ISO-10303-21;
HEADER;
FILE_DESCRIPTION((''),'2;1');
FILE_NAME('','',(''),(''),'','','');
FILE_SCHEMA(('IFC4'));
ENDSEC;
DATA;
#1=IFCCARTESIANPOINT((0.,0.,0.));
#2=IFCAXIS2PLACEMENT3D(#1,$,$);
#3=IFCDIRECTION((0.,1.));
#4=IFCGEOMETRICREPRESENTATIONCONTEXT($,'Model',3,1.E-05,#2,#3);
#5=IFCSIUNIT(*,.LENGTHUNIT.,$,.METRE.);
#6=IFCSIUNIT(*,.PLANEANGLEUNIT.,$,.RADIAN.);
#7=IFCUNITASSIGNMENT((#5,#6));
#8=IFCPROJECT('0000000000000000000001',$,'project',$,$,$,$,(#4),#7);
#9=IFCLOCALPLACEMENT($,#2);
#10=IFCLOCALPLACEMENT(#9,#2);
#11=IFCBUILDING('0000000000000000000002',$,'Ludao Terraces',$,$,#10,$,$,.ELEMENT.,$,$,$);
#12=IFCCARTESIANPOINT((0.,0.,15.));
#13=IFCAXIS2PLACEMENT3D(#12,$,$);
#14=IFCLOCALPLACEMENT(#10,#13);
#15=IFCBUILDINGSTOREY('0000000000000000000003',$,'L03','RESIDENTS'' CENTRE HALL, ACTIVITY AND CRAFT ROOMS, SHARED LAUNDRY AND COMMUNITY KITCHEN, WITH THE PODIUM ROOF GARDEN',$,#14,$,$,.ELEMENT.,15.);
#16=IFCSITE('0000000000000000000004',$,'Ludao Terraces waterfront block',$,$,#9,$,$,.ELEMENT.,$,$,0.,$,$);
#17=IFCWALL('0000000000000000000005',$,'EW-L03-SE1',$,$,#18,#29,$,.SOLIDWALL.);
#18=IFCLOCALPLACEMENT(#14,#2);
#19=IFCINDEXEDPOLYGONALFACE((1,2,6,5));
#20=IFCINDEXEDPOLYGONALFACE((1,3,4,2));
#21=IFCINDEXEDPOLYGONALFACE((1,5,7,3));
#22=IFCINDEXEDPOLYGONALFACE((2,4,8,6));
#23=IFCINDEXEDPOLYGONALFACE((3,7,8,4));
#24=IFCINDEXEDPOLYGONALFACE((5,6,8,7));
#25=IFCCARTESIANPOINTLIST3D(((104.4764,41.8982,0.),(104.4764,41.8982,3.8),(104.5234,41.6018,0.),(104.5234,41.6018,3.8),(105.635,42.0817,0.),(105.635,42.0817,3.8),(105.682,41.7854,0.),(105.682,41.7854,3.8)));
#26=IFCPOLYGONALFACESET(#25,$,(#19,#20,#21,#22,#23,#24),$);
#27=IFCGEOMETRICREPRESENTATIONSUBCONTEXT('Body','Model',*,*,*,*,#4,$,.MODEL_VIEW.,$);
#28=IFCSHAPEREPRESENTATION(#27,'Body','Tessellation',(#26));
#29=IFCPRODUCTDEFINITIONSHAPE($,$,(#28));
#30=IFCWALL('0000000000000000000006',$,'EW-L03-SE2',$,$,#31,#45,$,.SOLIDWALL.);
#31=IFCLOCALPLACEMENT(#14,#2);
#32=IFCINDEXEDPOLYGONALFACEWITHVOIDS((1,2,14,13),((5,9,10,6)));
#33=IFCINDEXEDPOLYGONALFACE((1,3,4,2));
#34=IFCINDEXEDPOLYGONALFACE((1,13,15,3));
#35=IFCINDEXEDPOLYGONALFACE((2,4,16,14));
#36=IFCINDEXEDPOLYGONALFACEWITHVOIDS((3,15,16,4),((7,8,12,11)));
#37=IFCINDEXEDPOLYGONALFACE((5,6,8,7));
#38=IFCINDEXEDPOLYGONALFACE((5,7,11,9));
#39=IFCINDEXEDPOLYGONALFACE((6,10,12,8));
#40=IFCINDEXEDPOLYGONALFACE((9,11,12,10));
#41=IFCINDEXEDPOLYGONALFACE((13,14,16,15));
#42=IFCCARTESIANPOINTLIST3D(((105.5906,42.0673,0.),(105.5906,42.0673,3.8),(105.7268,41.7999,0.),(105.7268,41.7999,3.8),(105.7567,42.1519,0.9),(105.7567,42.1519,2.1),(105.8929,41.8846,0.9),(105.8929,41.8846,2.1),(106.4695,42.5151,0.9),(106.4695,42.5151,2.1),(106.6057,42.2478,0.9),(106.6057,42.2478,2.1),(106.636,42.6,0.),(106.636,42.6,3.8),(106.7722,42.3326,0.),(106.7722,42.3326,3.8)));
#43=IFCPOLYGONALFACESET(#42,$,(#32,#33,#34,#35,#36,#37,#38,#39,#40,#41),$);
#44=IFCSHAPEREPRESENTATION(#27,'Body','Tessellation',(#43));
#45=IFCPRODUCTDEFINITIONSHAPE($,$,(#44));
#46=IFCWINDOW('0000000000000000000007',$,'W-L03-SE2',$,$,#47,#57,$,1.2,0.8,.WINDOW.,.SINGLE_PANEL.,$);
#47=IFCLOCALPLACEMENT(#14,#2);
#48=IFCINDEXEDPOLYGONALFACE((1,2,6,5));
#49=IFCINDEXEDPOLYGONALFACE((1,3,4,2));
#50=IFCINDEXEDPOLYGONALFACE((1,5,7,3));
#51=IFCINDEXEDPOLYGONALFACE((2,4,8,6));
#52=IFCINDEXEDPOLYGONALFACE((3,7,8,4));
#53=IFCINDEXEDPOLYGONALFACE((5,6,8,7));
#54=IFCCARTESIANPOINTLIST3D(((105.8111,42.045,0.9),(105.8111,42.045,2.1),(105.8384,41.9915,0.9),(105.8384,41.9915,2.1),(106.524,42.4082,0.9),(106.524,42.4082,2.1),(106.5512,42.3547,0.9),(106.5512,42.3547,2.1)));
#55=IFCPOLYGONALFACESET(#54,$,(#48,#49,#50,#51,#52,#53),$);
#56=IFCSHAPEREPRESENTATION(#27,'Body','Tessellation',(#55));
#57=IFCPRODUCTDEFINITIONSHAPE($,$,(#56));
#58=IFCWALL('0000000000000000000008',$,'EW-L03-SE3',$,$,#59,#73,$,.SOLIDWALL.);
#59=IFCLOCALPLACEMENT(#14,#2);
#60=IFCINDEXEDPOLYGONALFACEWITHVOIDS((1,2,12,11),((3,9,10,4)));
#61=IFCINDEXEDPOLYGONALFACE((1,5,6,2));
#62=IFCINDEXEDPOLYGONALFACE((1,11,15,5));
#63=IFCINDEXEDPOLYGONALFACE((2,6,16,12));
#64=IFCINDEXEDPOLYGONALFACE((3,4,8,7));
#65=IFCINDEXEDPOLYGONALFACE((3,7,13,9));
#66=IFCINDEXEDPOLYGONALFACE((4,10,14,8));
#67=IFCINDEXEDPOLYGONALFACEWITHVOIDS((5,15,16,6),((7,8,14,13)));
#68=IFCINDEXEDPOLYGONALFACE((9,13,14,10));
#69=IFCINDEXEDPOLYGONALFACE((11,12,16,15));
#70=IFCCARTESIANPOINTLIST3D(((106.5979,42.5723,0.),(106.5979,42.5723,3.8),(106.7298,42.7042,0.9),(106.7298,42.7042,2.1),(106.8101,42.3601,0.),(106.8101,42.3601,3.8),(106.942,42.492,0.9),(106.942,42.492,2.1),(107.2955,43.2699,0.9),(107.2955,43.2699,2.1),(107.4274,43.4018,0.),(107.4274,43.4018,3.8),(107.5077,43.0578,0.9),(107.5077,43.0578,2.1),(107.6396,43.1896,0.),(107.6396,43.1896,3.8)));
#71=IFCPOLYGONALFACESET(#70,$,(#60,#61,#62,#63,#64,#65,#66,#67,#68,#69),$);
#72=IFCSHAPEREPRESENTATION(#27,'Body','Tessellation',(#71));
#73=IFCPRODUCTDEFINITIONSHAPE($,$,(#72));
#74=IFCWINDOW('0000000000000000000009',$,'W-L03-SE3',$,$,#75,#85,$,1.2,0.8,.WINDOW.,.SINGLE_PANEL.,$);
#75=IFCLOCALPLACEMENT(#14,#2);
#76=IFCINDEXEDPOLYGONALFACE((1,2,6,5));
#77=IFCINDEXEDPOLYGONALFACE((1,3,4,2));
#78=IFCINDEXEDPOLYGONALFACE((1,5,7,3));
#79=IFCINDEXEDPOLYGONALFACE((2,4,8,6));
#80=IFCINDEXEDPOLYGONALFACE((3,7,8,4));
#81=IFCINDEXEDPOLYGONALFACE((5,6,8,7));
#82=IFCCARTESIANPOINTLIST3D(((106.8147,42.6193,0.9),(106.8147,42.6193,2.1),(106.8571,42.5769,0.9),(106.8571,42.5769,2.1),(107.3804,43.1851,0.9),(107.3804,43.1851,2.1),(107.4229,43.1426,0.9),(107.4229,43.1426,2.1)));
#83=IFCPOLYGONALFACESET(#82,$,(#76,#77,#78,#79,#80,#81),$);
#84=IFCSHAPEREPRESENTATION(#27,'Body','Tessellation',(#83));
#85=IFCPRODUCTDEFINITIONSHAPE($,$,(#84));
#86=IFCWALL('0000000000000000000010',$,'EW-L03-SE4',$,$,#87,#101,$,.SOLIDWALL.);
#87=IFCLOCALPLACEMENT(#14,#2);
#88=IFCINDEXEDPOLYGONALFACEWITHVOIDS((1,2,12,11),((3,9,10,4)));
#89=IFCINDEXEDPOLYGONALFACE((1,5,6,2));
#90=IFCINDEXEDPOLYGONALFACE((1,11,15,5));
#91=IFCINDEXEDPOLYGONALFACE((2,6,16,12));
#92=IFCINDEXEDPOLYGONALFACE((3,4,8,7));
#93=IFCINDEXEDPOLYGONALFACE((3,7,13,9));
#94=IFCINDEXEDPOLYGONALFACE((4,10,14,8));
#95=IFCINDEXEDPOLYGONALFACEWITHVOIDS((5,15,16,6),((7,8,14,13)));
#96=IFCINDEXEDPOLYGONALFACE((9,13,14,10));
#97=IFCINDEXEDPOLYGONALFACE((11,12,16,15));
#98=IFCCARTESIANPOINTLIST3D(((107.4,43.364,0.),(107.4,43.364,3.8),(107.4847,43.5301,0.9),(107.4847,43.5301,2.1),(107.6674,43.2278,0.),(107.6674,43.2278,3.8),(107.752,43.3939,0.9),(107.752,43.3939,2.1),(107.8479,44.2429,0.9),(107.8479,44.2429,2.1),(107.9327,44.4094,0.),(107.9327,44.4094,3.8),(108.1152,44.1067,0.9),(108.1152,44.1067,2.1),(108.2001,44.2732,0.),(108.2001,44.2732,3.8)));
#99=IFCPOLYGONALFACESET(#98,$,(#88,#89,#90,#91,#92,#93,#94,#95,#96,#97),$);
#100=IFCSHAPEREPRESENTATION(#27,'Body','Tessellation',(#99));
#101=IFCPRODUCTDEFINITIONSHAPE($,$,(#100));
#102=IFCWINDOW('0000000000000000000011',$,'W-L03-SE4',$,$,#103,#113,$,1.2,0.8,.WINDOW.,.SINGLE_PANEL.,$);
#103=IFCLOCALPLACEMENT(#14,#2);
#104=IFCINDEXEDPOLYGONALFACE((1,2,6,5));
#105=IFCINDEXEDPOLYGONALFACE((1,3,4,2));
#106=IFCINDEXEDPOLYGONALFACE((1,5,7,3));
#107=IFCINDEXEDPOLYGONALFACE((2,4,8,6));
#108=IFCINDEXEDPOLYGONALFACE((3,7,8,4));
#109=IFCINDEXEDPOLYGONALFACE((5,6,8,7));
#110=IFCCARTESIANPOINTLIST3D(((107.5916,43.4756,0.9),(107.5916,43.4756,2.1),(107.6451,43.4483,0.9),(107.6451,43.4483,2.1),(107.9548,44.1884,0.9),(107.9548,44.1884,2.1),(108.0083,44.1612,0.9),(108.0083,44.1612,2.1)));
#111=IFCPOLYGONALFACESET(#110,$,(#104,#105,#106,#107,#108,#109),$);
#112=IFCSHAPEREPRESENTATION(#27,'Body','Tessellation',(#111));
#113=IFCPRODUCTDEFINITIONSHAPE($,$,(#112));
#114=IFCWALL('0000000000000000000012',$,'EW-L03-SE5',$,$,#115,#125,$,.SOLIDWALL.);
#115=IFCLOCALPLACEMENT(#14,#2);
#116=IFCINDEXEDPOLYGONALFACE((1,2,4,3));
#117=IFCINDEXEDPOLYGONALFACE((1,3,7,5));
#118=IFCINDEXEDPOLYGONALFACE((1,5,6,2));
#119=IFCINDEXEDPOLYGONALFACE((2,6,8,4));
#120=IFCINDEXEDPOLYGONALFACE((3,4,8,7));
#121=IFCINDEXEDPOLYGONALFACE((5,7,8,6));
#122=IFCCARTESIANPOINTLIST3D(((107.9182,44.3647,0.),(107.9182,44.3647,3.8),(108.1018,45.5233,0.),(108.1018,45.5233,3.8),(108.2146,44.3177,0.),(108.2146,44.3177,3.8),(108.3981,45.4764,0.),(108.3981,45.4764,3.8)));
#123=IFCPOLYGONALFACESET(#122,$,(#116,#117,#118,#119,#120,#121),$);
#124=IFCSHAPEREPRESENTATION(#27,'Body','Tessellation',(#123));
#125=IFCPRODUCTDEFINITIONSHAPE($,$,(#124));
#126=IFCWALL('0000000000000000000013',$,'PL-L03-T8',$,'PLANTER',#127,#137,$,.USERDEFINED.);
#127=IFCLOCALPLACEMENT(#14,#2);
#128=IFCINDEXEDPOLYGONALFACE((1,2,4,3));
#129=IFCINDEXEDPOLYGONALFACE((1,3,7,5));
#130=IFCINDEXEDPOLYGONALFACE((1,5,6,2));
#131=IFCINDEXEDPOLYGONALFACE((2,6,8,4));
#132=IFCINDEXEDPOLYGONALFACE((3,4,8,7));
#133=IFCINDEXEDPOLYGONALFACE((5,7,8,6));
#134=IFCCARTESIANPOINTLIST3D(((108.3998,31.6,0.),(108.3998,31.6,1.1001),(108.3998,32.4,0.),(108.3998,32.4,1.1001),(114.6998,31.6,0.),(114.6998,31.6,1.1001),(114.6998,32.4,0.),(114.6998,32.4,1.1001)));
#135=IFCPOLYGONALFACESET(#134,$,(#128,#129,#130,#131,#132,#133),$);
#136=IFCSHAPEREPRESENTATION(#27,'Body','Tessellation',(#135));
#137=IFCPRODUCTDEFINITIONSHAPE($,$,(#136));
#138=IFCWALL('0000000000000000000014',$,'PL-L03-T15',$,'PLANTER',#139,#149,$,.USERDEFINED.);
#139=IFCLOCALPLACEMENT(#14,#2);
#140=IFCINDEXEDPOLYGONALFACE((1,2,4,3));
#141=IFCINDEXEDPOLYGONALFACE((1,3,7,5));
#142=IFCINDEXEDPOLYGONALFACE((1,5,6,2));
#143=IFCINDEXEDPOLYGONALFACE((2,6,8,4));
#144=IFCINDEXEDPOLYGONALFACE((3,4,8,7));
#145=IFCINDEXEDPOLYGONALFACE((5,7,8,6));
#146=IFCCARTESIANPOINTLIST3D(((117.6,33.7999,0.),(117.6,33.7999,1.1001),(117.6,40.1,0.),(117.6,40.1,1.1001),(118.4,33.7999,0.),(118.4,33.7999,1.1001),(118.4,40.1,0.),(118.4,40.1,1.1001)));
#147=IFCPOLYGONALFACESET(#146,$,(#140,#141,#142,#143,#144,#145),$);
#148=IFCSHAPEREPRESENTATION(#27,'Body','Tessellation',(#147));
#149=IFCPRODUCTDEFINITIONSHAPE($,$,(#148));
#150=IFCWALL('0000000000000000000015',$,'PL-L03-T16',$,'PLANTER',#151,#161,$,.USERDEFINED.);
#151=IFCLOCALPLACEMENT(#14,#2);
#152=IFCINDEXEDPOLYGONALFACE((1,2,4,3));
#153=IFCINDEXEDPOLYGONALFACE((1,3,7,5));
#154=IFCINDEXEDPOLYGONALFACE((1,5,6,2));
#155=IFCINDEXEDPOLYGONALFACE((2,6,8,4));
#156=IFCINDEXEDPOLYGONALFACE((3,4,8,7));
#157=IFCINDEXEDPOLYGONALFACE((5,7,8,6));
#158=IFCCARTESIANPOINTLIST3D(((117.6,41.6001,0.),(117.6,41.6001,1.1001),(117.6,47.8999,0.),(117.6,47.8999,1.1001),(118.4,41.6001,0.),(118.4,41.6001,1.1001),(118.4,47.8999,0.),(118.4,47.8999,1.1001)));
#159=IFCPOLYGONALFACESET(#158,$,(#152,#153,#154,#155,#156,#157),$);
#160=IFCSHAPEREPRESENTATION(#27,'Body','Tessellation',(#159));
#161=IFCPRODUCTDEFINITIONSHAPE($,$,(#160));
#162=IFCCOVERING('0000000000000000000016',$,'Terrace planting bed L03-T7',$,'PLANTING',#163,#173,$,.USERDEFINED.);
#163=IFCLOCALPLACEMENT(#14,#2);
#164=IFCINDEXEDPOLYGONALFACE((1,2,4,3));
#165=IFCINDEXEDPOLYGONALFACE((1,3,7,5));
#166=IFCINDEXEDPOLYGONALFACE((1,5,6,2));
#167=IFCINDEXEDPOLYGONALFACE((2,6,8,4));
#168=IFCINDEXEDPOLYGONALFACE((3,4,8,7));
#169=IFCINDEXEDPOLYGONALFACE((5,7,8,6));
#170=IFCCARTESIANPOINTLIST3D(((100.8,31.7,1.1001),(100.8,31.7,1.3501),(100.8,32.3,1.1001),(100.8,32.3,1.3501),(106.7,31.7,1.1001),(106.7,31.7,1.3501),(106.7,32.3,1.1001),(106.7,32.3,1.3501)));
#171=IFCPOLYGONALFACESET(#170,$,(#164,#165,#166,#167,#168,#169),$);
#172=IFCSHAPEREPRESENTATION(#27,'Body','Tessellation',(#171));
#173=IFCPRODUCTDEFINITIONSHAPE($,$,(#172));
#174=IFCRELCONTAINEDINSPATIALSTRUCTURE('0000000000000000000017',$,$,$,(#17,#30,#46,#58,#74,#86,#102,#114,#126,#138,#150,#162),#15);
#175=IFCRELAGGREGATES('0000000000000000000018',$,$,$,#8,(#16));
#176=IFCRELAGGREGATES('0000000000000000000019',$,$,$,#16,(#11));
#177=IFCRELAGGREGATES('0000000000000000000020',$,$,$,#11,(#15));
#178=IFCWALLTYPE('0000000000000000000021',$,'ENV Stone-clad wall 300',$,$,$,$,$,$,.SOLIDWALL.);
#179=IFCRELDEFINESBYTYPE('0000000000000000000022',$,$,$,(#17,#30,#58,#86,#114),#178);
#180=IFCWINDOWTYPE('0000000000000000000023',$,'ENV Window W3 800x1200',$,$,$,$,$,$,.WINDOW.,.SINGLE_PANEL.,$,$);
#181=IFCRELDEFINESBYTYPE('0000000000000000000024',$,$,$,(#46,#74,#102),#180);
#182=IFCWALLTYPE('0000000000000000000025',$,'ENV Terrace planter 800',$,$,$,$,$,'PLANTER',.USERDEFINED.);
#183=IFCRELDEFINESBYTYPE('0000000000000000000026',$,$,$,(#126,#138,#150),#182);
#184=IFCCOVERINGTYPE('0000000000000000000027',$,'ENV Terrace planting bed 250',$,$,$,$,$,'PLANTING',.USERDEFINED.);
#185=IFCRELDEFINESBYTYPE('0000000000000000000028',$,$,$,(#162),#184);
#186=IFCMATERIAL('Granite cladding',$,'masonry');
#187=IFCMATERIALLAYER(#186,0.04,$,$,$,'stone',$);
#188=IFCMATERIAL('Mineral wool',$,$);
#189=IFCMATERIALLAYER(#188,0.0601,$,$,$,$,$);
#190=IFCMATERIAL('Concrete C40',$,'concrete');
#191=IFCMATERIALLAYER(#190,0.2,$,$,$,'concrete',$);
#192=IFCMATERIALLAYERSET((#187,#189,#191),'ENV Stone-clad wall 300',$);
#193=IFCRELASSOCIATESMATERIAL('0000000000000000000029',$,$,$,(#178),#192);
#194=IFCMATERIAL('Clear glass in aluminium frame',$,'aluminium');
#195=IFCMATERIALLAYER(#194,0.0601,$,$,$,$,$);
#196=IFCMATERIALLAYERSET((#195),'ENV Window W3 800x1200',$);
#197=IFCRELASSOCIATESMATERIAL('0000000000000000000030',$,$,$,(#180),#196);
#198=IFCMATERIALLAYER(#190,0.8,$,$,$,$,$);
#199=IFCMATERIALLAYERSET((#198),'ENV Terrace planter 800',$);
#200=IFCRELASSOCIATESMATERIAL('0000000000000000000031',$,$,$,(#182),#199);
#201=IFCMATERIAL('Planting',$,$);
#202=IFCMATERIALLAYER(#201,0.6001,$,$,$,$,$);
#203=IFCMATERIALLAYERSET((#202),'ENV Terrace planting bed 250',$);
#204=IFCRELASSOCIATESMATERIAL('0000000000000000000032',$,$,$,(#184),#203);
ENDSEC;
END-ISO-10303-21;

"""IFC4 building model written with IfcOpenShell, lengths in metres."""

from ifc_helpers import new_model, si_unit, direction, frame, frame_2d, origin, origin_2d, place, context, subcontext, project, spatial, rectangle, extrude, material, layer, layer_set, type_object, element, fill, save


model = new_model("IFC4")

# Units and contexts
model_context = context("Model", 3, precision=1e-05, world=origin(), true_north=direction((0.0, 1.0)))
body_context = subcontext(model_context, "Body", "Model", "MODEL_VIEW")
ifc_project = project(units=[si_unit("LENGTHUNIT", "METRE"), si_unit("PLANEANGLEUNIT", "RADIAN")], contexts=[model_context])

# Site, building, storey
site_placement = place(None, origin())
site = spatial("IfcSite", under=ifc_project, at=site_placement, Name="Ludao Terraces waterfront block", CompositionType="ELEMENT", RefElevation=0.0)
building_placement = place(site_placement, origin())
building = spatial("IfcBuilding", under=site, at=building_placement, Name="Ludao Terraces", CompositionType="ELEMENT")
storey_placement = place(building_placement, frame((0.0, 0.0, 15.0)))
storey = spatial("IfcBuildingStorey", under=building, at=storey_placement, Name="L03", Description="RESIDENTS' CENTRE HALL, ACTIVITY AND CRAFT ROOMS, SHARED LAUNDRY AND COMMUNITY KITCHEN, WITH THE PODIUM ROOF GARDEN", CompositionType="ELEMENT", Elevation=15.0)

# Shared definitions
ifc_material_1 = material(Name="Concrete C40", Category="concrete")

# Wall
ifc_material_2 = material(Name="Granite cladding", Category="masonry")
ifc_layer_1 = layer(ifc_material_2, 0.04, Category="stone")
ifc_material_3 = material(Name="Mineral wool")
ifc_layer_2 = layer(ifc_material_3, 0.0601)
ifc_layer_3 = layer(ifc_material_1, 0.2, Category="concrete")
ifc_layer_set_1 = layer_set([ifc_layer_1, ifc_layer_2, ifc_layer_3], Name="ENV Stone-clad wall 300")
wall_type_1 = type_object("IfcWallType", Name="ENV Stone-clad wall 300", PredefinedType="SOLIDWALL", material=ifc_layer_set_1)
wall_1_placement = place(storey_placement, frame((104.5, 41.75, 0.0), z_axis=(0.0, 0.0, 1.0), x_axis=(0.987678, 0.156497, 0.0)))
element("IfcWall", 1, at=wall_1_placement, inside=storey, type_object=wall_type_1, Name="EW-L03-SE1", PredefinedType="SOLIDWALL", context=body_context, shape_type="SweptSolid", body=[
    extrude(rectangle(XDim=1.1731, YDim=0.3, at=frame_2d((0.5864, 0.0))), origin(), (0.0, 0.0, 1.0), 3.8),
])

# Walls, openings, windows
wall_2_placement = place(storey_placement, frame((105.6587, 41.9336, 0.0), z_axis=(0.0, 0.0, 1.0), x_axis=(0.890989, 0.454026, 0.0)))
wall_2 = element("IfcWall", 2, at=wall_2_placement, inside=storey, type_object=wall_type_1, Name="EW-L03-SE2", PredefinedType="SOLIDWALL", context=body_context, shape_type="SweptSolid", body=[
    extrude(rectangle(XDim=1.1733, YDim=0.3, at=frame_2d((0.5867, 0.0))), origin(), (0.0, 0.0, 1.0), 3.8),
])
opening_1_placement = place(wall_2_placement, frame((0.1865, 0.0, 0.8999)))
opening_1 = element("IfcOpeningElement", 3, at=opening_1_placement, cuts=wall_2, PredefinedType="OPENING", context=body_context, shape_type="SweptSolid", body=[
    extrude(rectangle(XDim=0.8, YDim=1.2, at=frame_2d((0.3999, 0.6001))), frame((0.0, 0.1602, 0.0), z_axis=(0.0, -1.0, 0.0), x_axis=(1.0, 0.0, 0.0)), (0.0, 0.0, 1.0), 0.3201),
])
ifc_material_4 = material(Name="Clear glass in aluminium frame", Category="aluminium")
ifc_layer_4 = layer(ifc_material_4, 0.0601)
ifc_layer_set_2 = layer_set([ifc_layer_4], Name="ENV Window W3 800x1200")
window_type = type_object("IfcWindowType", Name="ENV Window W3 800x1200", PartitioningType="SINGLE_PANEL", PredefinedType="WINDOW", material=ifc_layer_set_2)
window_1_placement = place(opening_1_placement, origin())
window_1 = element("IfcWindow", 4, at=window_1_placement, inside=storey, type_object=window_type, Name="W-L03-SE2", OverallHeight=1.2, OverallWidth=0.8, PartitioningType="SINGLE_PANEL", PredefinedType="WINDOW", context=body_context, shape_type="SweptSolid", body=[
    extrude(rectangle(XDim=0.8, YDim=1.2, at=frame_2d((0.3999, 0.6001))), frame((0.0, 0.03, 0.0), z_axis=(0.0, -1.0, 0.0), x_axis=(1.0, 0.0, 0.0)), (0.0, 0.0, 1.0), 0.0601),
])
fill(opening_1, window_1)
wall_3_placement = place(storey_placement, frame((106.7041, 42.4663, 0.0), z_axis=(0.0, 0.0, 1.0), x_axis=(0.707107, 0.707107, 0.0)))
wall_3 = element("IfcWall", 5, at=wall_3_placement, inside=storey, type_object=wall_type_1, Name="EW-L03-SE3", PredefinedType="SOLIDWALL", context=body_context, shape_type="SweptSolid", body=[
    extrude(rectangle(XDim=1.1731, YDim=0.3, at=frame_2d((0.5864, 0.0))), origin(), (0.0, 0.0, 1.0), 3.8),
])
opening_2_placement = place(wall_3_placement, frame((0.1865, 0.0, 0.8999)))
opening_2 = element("IfcOpeningElement", 6, at=opening_2_placement, cuts=wall_3, PredefinedType="OPENING", context=body_context, shape_type="SweptSolid", body=[
    extrude(rectangle(XDim=0.8, YDim=1.2, at=frame_2d((0.3999, 0.6001))), frame((0.0, 0.1602, 0.0), z_axis=(0.0, -1.0, 0.0), x_axis=(1.0, 0.0, 0.0)), (0.0, 0.0, 1.0), 0.3201),
])
window_2_placement = place(opening_2_placement, origin())
window_2 = element("IfcWindow", 7, at=window_2_placement, inside=storey, type_object=window_type, Name="W-L03-SE3", OverallHeight=1.2, OverallWidth=0.8, PartitioningType="SINGLE_PANEL", PredefinedType="WINDOW", context=body_context, shape_type="SweptSolid", body=[
    extrude(rectangle(XDim=0.8, YDim=1.2, at=frame_2d((0.3999, 0.6001))), frame((0.0, 0.03, 0.0), z_axis=(0.0, -1.0, 0.0), x_axis=(1.0, 0.0, 0.0)), (0.0, 0.0, 1.0), 0.0601),
])
fill(opening_2, window_2)
wall_4_placement = place(storey_placement, frame((107.5337, 43.2959, 0.0), z_axis=(0.0, 0.0, 1.0), x_axis=(0.454026, 0.890989, 0.0)))
wall_4 = element("IfcWall", 8, at=wall_4_placement, inside=storey, type_object=wall_type_1, Name="EW-L03-SE4", PredefinedType="SOLIDWALL", context=body_context, shape_type="SweptSolid", body=[
    extrude(rectangle(XDim=1.1733, YDim=0.3, at=frame_2d((0.5867, 0.0))), origin(), (0.0, 0.0, 1.0), 3.8),
])
opening_3_placement = place(wall_4_placement, frame((0.1865, 0.0, 0.8999)))
opening_3 = element("IfcOpeningElement", 9, at=opening_3_placement, cuts=wall_4, PredefinedType="OPENING", context=body_context, shape_type="SweptSolid", body=[
    extrude(rectangle(XDim=0.8, YDim=1.2, at=frame_2d((0.3999, 0.6001))), frame((0.0, 0.1602, 0.0), z_axis=(0.0, -1.0, 0.0), x_axis=(1.0, 0.0, 0.0)), (0.0, 0.0, 1.0), 0.3201),
])
window_3_placement = place(opening_3_placement, origin())
window_3 = element("IfcWindow", 10, at=window_3_placement, inside=storey, type_object=window_type, Name="W-L03-SE4", OverallHeight=1.2, OverallWidth=0.8, PartitioningType="SINGLE_PANEL", PredefinedType="WINDOW", context=body_context, shape_type="SweptSolid", body=[
    extrude(rectangle(XDim=0.8, YDim=1.2, at=frame_2d((0.3999, 0.6001))), frame((0.0, 0.03, 0.0), z_axis=(0.0, -1.0, 0.0), x_axis=(1.0, 0.0, 0.0)), (0.0, 0.0, 1.0), 0.0601),
])
fill(opening_3, window_3)

# Walls
wall_5_placement = place(storey_placement, frame((108.0664, 44.3413, 0.0), z_axis=(0.0, 0.0, 1.0), x_axis=(0.156497, 0.987678, 0.0)))
element("IfcWall", 11, at=wall_5_placement, inside=storey, type_object=wall_type_1, Name="EW-L03-SE5", PredefinedType="SOLIDWALL", context=body_context, shape_type="SweptSolid", body=[
    extrude(rectangle(XDim=1.1731, YDim=0.3, at=frame_2d((0.5864, 0.0))), origin(), (0.0, 0.0, 1.0), 3.8),
])
ifc_layer_5 = layer(ifc_material_1, 0.8)
ifc_layer_set_3 = layer_set([ifc_layer_5], Name="ENV Terrace planter 800")
wall_type_2 = type_object("IfcWallType", Name="ENV Terrace planter 800", ElementType="PLANTER", PredefinedType="USERDEFINED", material=ifc_layer_set_3)
for number, where, z_axis, x_axis, name in (
    (12, (108.3999, 32.0, 0.0), (0.0, 0.0, 1.0), (1.0, 0.0, 0.0), "PL-L03-T8"),
    (13, (118.0, 33.8, 0.0), (0.0, 0.0, 1.0), (0.0, 1.0, 0.0), "PL-L03-T15"),
):
    element("IfcWall", number, at=place(storey_placement, frame(where, z_axis=z_axis, x_axis=x_axis)), inside=storey, type_object=wall_type_2, Name=name, ObjectType="PLANTER", PredefinedType="USERDEFINED", context=body_context, shape_type="SweptSolid", body=[
        extrude(rectangle(XDim=6.3, YDim=0.8, at=frame_2d((3.1499, 0.0))), origin(), (0.0, 0.0, 1.0), 1.1001),
    ])
wall_6_placement = place(storey_placement, frame((118.0, 41.6001, 0.0), z_axis=(0.0, 0.0, 1.0), x_axis=(0.0, 1.0, 0.0)))
element("IfcWall", 14, at=wall_6_placement, inside=storey, type_object=wall_type_2, Name="PL-L03-T16", ObjectType="PLANTER", PredefinedType="USERDEFINED", context=body_context, shape_type="SweptSolid", body=[
    extrude(rectangle(XDim=6.2998, YDim=0.8, at=frame_2d((3.1499, 0.0))), origin(), (0.0, 0.0, 1.0), 1.1001),
])

# Covering
ifc_material_5 = material(Name="Planting")
ifc_layer_6 = layer(ifc_material_5, 0.6001)
ifc_layer_set_4 = layer_set([ifc_layer_6], Name="ENV Terrace planting bed 250")
covering_type_1 = type_object("IfcCoveringType", Name="ENV Terrace planting bed 250", ElementType="PLANTING", PredefinedType="USERDEFINED", material=ifc_layer_set_4)
for number, where, z_axis, x_axis, name in (
    (15, (103.75, 32.0, 1.1001), (0.0, 0.0, 1.0), (1.0, 0.0, 0.0), "Terrace planting bed L03-T7"),
):
    element("IfcCovering", number, at=place(storey_placement, frame(where, z_axis=z_axis, x_axis=x_axis)), inside=storey, type_object=covering_type_1, Name=name, ObjectType="PLANTING", PredefinedType="USERDEFINED", context=body_context, shape_type="SweptSolid", body=[
        extrude(rectangle(XDim=5.8999, YDim=0.6001, at=origin_2d()), origin(), (0.0, 0.0, 1.0), 0.25),
    ])

save(model, "model.ifc")
